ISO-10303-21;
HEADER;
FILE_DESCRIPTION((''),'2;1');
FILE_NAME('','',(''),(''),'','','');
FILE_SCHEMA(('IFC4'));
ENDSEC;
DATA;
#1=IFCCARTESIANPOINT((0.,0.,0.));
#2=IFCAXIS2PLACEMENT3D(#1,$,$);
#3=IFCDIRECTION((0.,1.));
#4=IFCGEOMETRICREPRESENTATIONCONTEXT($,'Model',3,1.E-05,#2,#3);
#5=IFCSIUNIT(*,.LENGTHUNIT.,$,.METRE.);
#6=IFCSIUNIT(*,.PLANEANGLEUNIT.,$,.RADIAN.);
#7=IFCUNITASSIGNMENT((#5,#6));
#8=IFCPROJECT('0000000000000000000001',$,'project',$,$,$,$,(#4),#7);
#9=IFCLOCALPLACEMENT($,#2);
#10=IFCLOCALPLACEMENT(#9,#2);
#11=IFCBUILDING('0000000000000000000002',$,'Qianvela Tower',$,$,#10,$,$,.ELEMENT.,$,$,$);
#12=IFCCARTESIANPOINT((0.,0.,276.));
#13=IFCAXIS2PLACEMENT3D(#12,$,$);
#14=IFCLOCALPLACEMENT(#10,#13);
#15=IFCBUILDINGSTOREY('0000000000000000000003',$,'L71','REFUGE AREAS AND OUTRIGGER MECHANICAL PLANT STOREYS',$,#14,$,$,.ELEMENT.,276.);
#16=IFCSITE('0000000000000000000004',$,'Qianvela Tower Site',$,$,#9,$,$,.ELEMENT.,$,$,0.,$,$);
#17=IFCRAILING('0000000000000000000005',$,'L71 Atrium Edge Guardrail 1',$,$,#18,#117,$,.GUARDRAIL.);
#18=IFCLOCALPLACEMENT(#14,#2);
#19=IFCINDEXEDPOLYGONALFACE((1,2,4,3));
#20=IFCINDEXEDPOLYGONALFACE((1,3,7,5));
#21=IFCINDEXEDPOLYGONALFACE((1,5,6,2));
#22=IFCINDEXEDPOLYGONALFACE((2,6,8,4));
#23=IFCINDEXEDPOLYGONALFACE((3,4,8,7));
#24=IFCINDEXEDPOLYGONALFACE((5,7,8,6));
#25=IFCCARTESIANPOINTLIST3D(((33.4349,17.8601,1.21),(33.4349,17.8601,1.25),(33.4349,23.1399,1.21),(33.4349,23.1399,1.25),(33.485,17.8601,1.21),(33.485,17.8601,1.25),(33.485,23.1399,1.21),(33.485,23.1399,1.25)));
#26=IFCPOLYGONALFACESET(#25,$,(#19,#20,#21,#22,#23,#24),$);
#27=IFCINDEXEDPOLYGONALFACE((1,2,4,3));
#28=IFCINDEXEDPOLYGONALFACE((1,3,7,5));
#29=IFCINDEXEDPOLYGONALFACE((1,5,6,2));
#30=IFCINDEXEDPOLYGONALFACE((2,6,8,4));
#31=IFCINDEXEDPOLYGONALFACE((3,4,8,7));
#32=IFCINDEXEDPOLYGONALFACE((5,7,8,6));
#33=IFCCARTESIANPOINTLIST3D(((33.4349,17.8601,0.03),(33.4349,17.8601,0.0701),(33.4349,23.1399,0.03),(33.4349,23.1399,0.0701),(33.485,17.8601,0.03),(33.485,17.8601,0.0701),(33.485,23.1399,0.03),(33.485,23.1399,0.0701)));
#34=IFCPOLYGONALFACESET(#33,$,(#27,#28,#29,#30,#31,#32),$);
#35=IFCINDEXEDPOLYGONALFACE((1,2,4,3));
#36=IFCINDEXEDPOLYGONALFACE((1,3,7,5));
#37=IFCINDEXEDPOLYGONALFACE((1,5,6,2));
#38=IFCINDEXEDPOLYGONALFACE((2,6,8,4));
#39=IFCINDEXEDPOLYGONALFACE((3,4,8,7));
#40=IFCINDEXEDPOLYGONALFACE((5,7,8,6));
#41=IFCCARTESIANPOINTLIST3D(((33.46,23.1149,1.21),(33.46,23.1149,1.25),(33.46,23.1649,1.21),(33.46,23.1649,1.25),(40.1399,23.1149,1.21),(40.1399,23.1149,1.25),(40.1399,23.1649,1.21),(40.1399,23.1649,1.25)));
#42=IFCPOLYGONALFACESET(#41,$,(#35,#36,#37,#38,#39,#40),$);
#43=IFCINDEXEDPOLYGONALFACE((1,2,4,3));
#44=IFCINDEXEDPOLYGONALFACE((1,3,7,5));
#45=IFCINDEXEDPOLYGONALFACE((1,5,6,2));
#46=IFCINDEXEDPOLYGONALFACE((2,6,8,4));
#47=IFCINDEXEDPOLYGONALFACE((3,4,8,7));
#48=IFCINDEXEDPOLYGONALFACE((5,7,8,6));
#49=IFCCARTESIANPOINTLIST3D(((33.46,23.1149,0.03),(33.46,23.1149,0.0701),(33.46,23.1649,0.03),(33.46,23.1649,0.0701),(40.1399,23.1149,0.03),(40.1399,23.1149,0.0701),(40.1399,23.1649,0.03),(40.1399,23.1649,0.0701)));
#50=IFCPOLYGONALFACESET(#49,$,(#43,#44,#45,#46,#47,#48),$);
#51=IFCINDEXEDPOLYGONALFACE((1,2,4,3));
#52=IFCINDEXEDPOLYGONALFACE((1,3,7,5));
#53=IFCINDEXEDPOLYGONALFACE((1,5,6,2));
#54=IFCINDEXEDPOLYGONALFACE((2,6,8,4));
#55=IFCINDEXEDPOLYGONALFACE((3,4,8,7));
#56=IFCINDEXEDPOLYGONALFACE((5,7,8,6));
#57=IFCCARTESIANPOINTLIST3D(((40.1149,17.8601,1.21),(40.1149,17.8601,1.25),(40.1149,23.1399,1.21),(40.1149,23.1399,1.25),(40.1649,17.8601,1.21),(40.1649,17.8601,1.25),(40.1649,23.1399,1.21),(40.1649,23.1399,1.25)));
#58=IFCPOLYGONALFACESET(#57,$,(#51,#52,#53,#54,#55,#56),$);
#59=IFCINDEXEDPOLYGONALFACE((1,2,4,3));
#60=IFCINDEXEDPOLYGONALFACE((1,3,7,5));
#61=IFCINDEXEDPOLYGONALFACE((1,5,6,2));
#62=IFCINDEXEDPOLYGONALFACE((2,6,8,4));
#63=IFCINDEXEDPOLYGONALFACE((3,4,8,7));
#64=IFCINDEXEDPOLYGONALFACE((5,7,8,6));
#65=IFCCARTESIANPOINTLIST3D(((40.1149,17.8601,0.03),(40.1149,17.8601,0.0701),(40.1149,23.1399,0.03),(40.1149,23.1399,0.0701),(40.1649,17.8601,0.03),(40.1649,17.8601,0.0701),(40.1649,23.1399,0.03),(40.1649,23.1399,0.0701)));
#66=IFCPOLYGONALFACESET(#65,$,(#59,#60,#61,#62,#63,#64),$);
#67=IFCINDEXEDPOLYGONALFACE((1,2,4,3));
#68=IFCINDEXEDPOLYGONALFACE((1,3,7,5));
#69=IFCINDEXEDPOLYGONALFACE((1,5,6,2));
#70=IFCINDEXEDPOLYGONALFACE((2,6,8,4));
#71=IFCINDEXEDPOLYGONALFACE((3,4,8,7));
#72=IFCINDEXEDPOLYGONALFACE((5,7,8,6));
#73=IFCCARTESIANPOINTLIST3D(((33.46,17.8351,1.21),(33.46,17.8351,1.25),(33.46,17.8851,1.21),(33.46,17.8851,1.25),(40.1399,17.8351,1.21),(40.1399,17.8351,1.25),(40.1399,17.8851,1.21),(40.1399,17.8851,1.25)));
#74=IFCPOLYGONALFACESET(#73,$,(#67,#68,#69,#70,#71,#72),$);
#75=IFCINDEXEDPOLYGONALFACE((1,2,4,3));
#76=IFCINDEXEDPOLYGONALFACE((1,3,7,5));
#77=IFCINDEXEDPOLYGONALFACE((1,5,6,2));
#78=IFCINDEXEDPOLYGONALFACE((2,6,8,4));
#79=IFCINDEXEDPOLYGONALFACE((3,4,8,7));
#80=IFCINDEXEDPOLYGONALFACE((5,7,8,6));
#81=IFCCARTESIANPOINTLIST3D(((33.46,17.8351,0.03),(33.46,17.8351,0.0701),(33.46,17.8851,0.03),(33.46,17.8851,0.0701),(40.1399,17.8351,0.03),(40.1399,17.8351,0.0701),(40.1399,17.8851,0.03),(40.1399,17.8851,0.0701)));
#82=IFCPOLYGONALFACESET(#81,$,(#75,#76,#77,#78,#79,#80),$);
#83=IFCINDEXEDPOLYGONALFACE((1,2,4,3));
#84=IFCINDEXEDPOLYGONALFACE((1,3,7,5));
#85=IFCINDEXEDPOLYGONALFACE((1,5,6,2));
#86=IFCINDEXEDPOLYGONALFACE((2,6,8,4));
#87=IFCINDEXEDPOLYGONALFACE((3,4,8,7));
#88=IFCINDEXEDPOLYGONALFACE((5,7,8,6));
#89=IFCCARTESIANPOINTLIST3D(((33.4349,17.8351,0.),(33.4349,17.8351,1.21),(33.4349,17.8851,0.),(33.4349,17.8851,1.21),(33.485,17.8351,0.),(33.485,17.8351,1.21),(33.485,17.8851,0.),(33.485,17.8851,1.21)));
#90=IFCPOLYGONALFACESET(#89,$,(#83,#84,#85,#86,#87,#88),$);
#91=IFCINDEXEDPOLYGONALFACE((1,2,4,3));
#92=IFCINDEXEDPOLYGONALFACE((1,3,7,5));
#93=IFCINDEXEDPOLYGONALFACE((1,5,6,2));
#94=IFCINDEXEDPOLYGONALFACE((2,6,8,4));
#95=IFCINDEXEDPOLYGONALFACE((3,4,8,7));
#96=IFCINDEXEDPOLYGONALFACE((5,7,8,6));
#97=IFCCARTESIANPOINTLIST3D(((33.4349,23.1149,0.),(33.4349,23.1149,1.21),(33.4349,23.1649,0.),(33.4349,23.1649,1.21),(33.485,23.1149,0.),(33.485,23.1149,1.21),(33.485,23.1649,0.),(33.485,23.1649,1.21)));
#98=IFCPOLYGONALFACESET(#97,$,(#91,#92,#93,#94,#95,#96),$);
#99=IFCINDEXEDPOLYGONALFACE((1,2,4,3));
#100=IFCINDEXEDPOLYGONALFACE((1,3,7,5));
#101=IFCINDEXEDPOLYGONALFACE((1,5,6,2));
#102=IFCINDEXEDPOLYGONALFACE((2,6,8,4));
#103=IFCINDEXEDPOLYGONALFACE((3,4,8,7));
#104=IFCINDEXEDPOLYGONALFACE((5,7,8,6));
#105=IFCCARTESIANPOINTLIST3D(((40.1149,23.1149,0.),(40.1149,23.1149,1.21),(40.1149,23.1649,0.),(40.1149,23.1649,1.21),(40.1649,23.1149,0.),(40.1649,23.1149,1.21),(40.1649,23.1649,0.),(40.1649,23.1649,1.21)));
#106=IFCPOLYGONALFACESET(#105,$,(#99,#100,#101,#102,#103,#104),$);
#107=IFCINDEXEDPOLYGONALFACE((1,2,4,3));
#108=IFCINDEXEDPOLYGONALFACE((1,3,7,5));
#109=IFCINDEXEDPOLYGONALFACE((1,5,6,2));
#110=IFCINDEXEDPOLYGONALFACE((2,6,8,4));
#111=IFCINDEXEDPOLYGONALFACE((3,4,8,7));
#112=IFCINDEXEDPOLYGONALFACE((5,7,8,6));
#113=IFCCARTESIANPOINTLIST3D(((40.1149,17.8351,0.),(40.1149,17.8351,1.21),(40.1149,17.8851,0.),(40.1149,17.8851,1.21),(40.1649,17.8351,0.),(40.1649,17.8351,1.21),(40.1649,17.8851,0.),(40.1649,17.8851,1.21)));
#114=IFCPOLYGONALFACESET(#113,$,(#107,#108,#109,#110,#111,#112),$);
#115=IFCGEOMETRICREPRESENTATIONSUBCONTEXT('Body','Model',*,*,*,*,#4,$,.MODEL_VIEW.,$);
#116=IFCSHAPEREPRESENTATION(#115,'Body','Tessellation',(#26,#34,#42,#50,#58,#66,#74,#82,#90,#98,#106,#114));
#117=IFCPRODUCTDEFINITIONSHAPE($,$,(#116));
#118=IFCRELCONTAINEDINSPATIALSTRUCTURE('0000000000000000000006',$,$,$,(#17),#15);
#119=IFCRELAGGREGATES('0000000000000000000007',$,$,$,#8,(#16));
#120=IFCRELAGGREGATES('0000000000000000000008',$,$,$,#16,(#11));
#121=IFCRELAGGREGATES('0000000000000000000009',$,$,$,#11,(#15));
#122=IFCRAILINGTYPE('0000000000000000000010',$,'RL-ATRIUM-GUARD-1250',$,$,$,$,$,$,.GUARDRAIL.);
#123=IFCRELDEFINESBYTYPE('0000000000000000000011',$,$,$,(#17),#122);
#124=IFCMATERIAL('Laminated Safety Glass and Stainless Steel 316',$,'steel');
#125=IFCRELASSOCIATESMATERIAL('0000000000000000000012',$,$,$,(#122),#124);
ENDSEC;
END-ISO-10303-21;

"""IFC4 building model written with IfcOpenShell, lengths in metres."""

from ifc_helpers import new_model, si_unit, direction, frame, origin, origin_2d, place, context, subcontext, project, spatial, rectangle, extrude, material, type_object, element, save


model = new_model("IFC4")

# Units and contexts
model_context = context("Model", 3, precision=1e-05, world=origin(), true_north=direction((0.0, 1.0)))
body_context = subcontext(model_context, "Body", "Model", "MODEL_VIEW")
ifc_project = project(units=[si_unit("LENGTHUNIT", "METRE"), si_unit("PLANEANGLEUNIT", "RADIAN")], contexts=[model_context])

# Site, building, storey
site_placement = place(None, origin())
site = spatial("IfcSite", under=ifc_project, at=site_placement, Name="Qianvela Tower Site", CompositionType="ELEMENT", RefElevation=0.0)
building_placement = place(site_placement, origin())
building = spatial("IfcBuilding", under=site, at=building_placement, Name="Qianvela Tower", CompositionType="ELEMENT")
storey_placement = place(building_placement, frame((0.0, 0.0, 276.0)))
storey = spatial("IfcBuildingStorey", under=building, at=storey_placement, Name="L71", Description="REFUGE AREAS AND OUTRIGGER MECHANICAL PLANT STOREYS", CompositionType="ELEMENT", Elevation=276.0)

# Railing
ifc_material_1 = material(Name="Laminated Safety Glass and Stainless Steel 316", Category="steel")
railing_type = type_object("IfcRailingType", Name="RL-ATRIUM-GUARD-1250", PredefinedType="GUARDRAIL", material=ifc_material_1)
railing_placement = place(storey_placement, frame((33.46, 17.8601, 0.0)))
element("IfcRailing", 1, at=railing_placement, inside=storey, type_object=railing_type, Name="L71 Atrium Edge Guardrail 1", PredefinedType="GUARDRAIL", context=body_context, shape_type="SweptSolid", body=[
    extrude(rectangle(XDim=0.05, YDim=0.04, at=origin_2d()), frame((0.0, 0.0, 1.23), z_axis=(0.0, 1.0, 0.0), x_axis=(-1.0, 0.0, 0.0)), (0.0, 0.0, 1.0), 5.2798),
    extrude(rectangle(XDim=0.05, YDim=0.04, at=origin_2d()), frame((0.0, 0.0, 0.05), z_axis=(0.0, 1.0, 0.0), x_axis=(-1.0, 0.0, 0.0)), (0.0, 0.0, 1.0), 5.2798),
    extrude(rectangle(XDim=0.05, YDim=0.04, at=origin_2d()), frame((0.0, 5.2798, 1.23), z_axis=(1.0, 0.0, 0.0), x_axis=(0.0, 1.0, 0.0)), (0.0, 0.0, 1.0), 6.6799),
    extrude(rectangle(XDim=0.05, YDim=0.04, at=origin_2d()), frame((0.0, 5.2798, 0.05), z_axis=(1.0, 0.0, 0.0), x_axis=(0.0, 1.0, 0.0)), (0.0, 0.0, 1.0), 6.6799),
    extrude(rectangle(XDim=0.05, YDim=0.04, at=origin_2d()), frame((6.6799, 5.2798, 1.23), z_axis=(0.0, -1.0, 0.0), x_axis=(1.0, 0.0, 0.0)), (0.0, 0.0, 1.0), 5.2798),
    extrude(rectangle(XDim=0.05, YDim=0.04, at=origin_2d()), frame((6.6799, 5.2798, 0.05), z_axis=(0.0, -1.0, 0.0), x_axis=(1.0, 0.0, 0.0)), (0.0, 0.0, 1.0), 5.2798),
    extrude(rectangle(XDim=0.05, YDim=0.04, at=origin_2d()), frame((6.6799, 0.0, 1.23), z_axis=(-1.0, 0.0, 0.0), x_axis=(0.0, -1.0, 0.0)), (0.0, 0.0, 1.0), 6.6799),
    extrude(rectangle(XDim=0.05, YDim=0.04, at=origin_2d()), frame((6.6799, 0.0, 0.05), z_axis=(-1.0, 0.0, 0.0), x_axis=(0.0, -1.0, 0.0)), (0.0, 0.0, 1.0), 6.6799),
    extrude(rectangle(XDim=0.05, YDim=0.05, at=origin_2d()), origin(), (0.0, 0.0, 1.0), 1.21),
    extrude(rectangle(XDim=0.05, YDim=0.05, at=origin_2d()), frame((0.0, 5.2798, 0.0)), (0.0, 0.0, 1.0), 1.21),
    extrude(rectangle(XDim=0.05, YDim=0.05, at=origin_2d()), frame((6.6799, 5.2798, 0.0)), (0.0, 0.0, 1.0), 1.21),
    extrude(rectangle(XDim=0.05, YDim=0.05, at=origin_2d()), frame((6.6799, 0.0, 0.0)), (0.0, 0.0, 1.0), 1.21),
])

save(model, "model.ifc")
